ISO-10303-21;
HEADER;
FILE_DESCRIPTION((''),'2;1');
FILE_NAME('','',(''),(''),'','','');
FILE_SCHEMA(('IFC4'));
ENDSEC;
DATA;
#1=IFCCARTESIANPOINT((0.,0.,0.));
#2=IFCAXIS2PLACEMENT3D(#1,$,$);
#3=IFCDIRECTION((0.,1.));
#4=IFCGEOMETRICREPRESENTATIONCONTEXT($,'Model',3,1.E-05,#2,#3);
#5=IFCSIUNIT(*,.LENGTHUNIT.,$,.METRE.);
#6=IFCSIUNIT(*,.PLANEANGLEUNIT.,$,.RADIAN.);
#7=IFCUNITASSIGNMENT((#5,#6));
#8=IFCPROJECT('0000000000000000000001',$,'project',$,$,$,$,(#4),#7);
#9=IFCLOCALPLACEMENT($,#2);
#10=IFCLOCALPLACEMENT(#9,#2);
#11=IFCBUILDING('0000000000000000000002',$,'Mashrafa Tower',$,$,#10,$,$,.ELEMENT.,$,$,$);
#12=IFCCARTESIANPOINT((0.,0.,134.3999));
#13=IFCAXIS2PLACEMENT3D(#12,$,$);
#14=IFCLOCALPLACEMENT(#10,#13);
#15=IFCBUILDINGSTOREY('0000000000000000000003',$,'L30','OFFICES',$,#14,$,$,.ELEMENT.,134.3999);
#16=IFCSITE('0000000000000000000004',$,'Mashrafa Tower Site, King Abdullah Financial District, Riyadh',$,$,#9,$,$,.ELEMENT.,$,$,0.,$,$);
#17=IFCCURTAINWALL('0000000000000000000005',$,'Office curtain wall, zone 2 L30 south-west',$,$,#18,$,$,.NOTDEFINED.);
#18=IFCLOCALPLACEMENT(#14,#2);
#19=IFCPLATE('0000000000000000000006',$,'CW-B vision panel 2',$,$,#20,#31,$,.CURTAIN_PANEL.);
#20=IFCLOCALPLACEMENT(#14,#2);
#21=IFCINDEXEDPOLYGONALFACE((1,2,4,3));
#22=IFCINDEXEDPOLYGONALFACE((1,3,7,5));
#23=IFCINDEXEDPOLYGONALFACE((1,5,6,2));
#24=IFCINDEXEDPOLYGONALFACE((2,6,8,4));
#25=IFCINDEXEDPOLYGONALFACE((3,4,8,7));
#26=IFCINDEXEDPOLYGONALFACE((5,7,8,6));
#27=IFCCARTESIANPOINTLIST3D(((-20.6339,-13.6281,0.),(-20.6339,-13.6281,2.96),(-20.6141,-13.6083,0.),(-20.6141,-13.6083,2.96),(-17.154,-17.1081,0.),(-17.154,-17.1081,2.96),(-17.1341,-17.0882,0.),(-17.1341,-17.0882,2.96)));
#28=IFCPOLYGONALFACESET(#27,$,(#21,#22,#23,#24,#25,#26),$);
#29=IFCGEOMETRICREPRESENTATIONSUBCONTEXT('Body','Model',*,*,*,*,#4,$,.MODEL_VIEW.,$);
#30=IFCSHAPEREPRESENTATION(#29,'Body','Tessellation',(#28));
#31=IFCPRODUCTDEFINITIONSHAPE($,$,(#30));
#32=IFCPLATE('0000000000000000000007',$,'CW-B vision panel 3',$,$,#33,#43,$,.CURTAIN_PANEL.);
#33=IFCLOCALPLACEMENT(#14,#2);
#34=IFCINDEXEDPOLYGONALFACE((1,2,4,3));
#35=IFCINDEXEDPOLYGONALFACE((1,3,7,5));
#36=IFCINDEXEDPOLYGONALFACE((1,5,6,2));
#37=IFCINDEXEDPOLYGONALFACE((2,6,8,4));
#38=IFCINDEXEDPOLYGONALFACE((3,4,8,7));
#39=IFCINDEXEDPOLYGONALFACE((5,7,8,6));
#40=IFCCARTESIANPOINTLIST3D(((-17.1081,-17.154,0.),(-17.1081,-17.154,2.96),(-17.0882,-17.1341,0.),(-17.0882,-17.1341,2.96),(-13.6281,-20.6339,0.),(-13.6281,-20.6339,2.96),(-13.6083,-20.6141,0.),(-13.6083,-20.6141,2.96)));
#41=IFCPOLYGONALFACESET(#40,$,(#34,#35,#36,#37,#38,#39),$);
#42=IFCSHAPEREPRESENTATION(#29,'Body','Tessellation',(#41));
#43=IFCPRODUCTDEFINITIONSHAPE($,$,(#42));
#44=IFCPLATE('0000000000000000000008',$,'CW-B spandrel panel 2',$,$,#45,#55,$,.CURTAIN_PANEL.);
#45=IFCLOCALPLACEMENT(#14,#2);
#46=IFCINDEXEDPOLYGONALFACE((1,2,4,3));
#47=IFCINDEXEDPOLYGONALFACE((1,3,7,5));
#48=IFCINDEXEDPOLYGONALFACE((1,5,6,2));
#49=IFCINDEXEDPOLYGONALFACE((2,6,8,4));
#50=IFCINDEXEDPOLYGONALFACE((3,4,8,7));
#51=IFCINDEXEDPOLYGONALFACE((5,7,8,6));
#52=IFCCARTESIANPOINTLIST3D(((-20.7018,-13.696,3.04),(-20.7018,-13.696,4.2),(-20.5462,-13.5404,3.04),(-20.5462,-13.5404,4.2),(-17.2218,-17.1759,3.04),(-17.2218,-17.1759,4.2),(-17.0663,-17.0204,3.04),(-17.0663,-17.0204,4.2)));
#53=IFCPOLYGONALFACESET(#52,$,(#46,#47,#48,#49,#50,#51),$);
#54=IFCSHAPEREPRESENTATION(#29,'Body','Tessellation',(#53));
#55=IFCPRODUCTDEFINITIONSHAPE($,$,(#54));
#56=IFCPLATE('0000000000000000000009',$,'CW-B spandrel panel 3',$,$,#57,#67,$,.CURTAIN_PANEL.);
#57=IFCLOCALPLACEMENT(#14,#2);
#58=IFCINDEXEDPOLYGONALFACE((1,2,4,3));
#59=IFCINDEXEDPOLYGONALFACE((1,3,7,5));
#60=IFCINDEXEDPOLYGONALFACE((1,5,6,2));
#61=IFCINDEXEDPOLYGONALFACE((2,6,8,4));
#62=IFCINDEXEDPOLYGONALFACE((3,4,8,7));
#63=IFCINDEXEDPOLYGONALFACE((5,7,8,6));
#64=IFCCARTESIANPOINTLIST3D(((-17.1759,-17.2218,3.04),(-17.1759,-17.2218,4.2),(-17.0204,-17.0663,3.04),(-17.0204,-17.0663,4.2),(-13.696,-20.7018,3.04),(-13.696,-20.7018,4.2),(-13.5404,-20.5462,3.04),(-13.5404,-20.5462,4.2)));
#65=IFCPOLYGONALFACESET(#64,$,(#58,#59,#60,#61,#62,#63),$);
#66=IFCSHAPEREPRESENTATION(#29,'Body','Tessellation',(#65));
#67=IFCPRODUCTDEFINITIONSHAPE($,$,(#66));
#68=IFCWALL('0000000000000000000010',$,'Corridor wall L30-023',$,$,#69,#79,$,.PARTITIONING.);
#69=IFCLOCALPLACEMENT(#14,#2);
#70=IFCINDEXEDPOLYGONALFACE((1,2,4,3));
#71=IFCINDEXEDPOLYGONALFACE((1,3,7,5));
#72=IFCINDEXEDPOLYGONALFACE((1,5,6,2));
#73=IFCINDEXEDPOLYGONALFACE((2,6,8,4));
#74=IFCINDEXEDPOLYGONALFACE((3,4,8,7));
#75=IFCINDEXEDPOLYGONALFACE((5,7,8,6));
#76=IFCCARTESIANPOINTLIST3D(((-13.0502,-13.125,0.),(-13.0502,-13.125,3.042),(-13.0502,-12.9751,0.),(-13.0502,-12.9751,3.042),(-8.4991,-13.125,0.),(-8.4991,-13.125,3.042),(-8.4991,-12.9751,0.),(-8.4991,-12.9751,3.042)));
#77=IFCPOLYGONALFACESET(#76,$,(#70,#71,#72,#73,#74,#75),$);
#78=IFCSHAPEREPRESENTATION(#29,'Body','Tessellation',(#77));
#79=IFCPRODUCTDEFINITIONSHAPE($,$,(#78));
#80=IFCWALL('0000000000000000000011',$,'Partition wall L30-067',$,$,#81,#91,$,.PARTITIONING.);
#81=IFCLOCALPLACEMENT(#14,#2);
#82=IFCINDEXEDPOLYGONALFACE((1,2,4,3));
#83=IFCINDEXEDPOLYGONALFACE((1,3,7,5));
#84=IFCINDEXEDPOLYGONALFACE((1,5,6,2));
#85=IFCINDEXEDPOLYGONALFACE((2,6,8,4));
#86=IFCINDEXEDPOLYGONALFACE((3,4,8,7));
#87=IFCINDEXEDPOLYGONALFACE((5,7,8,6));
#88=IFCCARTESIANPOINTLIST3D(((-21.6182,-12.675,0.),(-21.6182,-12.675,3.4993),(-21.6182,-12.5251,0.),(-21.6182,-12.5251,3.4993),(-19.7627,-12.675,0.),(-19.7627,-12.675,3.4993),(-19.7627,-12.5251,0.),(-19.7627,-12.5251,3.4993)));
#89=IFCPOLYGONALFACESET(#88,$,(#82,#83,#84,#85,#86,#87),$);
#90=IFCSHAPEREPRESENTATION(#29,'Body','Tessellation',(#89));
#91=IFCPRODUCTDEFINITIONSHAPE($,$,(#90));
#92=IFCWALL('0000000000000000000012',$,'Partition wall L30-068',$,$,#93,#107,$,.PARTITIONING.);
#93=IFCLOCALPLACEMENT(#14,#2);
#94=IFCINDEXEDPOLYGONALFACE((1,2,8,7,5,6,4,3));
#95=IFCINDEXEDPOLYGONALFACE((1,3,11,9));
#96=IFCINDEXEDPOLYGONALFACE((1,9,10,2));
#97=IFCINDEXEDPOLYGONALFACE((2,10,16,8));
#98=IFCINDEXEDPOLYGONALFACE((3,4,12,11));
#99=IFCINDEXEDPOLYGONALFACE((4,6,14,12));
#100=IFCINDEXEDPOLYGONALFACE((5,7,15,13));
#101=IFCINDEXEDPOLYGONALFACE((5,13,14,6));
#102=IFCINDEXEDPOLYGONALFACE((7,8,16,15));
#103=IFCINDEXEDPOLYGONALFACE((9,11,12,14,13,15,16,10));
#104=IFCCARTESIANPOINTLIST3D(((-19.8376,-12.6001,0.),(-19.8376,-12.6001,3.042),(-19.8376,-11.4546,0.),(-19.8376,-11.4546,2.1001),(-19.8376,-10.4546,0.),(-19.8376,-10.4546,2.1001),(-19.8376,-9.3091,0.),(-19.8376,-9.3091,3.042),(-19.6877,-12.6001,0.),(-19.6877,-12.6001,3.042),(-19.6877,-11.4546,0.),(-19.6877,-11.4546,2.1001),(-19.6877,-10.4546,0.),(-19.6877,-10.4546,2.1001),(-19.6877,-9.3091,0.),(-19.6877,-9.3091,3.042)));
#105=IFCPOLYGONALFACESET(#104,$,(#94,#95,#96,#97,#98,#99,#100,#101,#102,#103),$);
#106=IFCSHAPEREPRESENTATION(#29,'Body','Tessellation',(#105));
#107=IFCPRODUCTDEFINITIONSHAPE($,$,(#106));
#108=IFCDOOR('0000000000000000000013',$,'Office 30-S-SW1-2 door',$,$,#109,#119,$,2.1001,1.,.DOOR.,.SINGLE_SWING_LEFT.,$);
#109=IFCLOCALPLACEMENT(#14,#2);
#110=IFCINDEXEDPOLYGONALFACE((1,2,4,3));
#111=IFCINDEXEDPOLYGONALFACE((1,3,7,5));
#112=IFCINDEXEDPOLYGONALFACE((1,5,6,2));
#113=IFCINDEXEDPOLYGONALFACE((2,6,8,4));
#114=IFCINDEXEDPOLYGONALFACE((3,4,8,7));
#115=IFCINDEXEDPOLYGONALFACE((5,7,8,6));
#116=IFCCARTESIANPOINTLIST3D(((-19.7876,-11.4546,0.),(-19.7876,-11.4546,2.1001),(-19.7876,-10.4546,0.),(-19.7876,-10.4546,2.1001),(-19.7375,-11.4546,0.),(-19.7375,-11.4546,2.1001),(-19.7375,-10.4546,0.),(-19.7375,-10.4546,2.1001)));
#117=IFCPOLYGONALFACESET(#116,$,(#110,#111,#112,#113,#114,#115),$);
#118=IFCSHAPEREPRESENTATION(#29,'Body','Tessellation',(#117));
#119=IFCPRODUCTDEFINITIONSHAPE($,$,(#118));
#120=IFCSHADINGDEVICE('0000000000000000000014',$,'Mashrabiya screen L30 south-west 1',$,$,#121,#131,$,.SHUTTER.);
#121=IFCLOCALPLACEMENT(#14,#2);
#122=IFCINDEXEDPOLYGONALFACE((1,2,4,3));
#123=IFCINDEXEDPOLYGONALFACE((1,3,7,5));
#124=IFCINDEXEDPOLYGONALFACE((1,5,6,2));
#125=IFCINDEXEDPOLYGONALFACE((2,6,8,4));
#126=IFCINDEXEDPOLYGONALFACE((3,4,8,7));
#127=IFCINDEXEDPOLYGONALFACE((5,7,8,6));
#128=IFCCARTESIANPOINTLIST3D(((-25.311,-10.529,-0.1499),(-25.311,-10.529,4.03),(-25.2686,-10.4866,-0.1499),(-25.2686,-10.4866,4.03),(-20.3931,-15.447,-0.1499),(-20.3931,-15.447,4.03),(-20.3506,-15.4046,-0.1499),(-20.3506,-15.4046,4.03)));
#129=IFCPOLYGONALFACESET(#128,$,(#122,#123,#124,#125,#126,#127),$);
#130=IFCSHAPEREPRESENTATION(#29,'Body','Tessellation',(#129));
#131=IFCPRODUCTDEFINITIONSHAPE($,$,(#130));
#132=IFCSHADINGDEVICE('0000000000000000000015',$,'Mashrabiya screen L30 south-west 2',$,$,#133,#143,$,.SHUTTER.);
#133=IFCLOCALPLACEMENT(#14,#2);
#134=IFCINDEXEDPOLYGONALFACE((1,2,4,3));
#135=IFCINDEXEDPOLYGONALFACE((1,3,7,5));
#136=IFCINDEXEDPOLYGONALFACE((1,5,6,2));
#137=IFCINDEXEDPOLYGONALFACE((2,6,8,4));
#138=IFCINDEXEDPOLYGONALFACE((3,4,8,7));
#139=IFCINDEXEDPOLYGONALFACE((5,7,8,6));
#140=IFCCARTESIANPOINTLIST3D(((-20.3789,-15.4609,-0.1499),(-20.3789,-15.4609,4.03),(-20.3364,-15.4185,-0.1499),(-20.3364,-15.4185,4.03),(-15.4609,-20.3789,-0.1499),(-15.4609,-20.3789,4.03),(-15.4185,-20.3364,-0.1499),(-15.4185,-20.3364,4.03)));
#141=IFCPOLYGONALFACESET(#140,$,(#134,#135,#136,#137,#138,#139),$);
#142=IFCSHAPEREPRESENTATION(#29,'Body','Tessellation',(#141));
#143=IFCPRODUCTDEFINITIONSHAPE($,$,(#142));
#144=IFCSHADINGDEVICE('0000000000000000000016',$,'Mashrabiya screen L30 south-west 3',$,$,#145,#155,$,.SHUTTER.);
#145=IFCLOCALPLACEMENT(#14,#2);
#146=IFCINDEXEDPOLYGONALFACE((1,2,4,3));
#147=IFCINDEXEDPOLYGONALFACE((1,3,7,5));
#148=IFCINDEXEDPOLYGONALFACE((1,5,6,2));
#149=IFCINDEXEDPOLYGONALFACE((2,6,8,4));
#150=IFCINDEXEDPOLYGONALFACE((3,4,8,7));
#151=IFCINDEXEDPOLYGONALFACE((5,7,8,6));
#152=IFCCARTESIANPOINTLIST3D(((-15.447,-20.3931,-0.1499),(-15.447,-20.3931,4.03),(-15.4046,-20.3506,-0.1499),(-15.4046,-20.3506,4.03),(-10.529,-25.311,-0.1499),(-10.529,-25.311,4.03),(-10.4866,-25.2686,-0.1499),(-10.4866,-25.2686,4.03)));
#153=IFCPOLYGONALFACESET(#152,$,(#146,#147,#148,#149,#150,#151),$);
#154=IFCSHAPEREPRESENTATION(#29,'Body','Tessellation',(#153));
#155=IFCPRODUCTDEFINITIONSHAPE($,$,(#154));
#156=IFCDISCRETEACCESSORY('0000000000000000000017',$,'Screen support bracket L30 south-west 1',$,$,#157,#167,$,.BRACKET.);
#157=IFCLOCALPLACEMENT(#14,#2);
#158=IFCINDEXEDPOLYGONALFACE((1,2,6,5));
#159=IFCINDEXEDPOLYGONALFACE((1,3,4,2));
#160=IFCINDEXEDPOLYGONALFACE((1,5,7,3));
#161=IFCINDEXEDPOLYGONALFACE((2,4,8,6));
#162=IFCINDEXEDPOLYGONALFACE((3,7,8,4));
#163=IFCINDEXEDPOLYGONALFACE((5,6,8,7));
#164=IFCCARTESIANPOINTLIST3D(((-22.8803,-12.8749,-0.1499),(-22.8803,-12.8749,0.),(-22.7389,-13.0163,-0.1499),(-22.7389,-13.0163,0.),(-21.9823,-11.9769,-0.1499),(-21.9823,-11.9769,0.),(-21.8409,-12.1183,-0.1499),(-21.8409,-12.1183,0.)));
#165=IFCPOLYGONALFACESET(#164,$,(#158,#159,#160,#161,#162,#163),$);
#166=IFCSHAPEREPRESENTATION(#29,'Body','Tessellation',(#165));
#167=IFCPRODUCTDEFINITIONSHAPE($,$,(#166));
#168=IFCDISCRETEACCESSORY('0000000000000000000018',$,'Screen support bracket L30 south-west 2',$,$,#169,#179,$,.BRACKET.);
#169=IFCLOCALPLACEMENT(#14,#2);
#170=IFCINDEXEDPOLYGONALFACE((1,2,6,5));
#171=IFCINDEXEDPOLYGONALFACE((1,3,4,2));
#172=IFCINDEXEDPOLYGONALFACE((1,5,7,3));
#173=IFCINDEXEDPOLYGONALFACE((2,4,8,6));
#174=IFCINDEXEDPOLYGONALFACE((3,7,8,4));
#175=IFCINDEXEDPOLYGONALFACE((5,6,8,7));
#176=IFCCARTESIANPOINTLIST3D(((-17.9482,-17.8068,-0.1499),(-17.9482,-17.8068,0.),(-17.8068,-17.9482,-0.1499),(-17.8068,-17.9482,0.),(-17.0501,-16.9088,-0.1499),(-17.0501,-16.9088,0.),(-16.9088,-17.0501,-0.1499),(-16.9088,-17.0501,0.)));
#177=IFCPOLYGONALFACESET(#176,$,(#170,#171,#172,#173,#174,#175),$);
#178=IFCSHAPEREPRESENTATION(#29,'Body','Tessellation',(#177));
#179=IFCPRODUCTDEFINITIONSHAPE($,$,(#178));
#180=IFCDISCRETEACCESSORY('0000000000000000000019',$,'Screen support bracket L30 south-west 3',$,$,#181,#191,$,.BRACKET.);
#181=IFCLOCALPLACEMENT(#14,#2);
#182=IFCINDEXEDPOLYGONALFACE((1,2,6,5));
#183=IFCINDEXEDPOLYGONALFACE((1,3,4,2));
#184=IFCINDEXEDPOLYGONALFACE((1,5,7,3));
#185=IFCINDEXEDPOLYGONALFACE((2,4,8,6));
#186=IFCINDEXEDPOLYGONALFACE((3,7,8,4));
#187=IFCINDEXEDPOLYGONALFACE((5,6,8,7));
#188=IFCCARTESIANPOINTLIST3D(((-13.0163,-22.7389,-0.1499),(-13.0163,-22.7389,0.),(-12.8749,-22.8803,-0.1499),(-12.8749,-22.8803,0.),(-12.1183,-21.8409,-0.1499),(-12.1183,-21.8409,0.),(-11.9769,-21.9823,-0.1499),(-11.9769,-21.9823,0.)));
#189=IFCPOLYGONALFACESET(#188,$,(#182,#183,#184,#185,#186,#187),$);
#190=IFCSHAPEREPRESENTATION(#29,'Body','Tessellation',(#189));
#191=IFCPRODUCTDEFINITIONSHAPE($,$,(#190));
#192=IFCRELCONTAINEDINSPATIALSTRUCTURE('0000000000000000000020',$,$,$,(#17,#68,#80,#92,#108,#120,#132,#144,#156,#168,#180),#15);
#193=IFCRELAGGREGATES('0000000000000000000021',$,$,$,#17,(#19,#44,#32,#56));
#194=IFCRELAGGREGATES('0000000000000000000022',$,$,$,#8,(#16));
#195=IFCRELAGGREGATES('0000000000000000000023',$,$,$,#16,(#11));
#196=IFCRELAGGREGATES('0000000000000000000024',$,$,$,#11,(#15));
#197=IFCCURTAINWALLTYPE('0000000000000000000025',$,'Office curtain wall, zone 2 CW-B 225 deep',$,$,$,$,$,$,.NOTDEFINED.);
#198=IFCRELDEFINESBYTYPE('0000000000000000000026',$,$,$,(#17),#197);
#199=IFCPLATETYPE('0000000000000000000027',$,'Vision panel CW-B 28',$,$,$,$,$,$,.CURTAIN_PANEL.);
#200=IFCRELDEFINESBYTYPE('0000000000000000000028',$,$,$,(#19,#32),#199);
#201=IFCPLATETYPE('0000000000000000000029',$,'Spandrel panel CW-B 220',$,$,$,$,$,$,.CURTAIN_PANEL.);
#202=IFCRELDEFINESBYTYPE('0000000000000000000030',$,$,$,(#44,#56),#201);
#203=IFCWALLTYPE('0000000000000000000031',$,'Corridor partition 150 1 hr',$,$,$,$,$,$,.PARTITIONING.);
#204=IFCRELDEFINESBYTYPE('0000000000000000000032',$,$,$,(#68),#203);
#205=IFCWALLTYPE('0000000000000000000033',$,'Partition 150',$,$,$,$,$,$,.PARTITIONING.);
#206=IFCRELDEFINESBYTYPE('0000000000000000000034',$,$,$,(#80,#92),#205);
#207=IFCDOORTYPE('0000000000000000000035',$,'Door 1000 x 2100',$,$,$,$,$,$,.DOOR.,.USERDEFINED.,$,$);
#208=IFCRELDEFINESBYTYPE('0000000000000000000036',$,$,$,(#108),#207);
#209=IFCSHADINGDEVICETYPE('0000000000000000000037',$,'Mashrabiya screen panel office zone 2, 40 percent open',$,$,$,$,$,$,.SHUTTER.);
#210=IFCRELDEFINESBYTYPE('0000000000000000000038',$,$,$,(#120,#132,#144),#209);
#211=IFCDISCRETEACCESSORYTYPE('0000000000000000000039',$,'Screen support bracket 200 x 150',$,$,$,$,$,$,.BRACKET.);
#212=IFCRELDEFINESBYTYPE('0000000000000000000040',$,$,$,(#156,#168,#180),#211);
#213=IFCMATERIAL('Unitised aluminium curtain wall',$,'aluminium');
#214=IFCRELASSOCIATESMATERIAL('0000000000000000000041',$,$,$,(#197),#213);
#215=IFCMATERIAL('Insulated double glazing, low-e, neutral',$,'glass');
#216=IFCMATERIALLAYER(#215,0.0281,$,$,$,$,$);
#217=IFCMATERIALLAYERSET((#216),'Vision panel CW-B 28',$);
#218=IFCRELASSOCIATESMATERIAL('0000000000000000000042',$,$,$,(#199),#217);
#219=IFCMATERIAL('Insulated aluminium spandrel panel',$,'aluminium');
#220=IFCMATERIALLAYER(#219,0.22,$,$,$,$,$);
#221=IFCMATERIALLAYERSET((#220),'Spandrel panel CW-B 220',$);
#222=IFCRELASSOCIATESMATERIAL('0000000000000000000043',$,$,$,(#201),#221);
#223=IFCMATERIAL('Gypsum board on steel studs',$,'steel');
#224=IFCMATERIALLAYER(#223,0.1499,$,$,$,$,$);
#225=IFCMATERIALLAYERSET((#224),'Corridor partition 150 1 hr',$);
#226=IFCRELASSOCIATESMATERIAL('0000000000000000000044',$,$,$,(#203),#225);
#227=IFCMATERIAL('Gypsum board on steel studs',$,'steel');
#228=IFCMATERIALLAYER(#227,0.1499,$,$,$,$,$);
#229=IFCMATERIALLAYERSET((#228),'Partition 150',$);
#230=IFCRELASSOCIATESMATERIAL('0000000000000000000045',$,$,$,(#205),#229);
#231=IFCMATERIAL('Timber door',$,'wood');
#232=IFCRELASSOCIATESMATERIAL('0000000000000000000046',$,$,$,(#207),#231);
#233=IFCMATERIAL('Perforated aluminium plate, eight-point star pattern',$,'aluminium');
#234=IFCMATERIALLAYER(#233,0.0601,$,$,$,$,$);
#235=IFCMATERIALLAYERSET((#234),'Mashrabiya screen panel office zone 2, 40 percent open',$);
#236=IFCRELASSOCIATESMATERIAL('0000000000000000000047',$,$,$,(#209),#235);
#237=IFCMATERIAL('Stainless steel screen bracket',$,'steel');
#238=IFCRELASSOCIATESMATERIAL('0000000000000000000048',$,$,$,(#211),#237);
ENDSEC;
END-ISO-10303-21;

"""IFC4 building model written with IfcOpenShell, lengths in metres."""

from ifc_helpers import new_model, si_unit, direction, frame, frame_2d, origin, origin_2d, place, context, subcontext, project, spatial, rectangle, extrude, source, transform, mapped, material, layer, layer_set, type_object, type_shapes, element, fill, aggregate, save


model = new_model("IFC4")

# Units and contexts
model_context = context("Model", 3, precision=1e-05, world=origin(), true_north=direction((0.0, 1.0)))
body_context = subcontext(model_context, "Body", "Model", "MODEL_VIEW")
ifc_project = project(units=[si_unit("LENGTHUNIT", "METRE"), si_unit("PLANEANGLEUNIT", "RADIAN")], contexts=[model_context])

# Site, building, storey
site_placement = place(None, origin())
site = spatial("IfcSite", under=ifc_project, at=site_placement, Name="Mashrafa Tower Site, King Abdullah Financial District, Riyadh", CompositionType="ELEMENT", RefElevation=0.0)
building_placement = place(site_placement, origin())
building = spatial("IfcBuilding", under=site, at=building_placement, Name="Mashrafa Tower", CompositionType="ELEMENT")
storey_placement = place(building_placement, frame((0.0, 0.0, 134.3999)))
storey = spatial("IfcBuildingStorey", under=building, at=storey_placement, Name="L30", Description="OFFICES", CompositionType="ELEMENT", Elevation=134.3999)

# Curtain wall, plates
ifc_material_1 = material(Name="Unitised aluminium curtain wall", Category="aluminium")
curtain_wall_type = type_object("IfcCurtainWallType", Name="Office curtain wall, zone 2 CW-B 225 deep", PredefinedType="NOTDEFINED", material=ifc_material_1)
curtain_wall_placement = place(storey_placement, origin())
curtain_wall = element("IfcCurtainWall", 1, at=curtain_wall_placement, inside=storey, type_object=curtain_wall_type, Name="Office curtain wall, zone 2 L30 south-west", PredefinedType="NOTDEFINED")
ifc_material_2 = material(Name="Insulated double glazing, low-e, neutral", Category="glass")
ifc_layer_1 = layer(ifc_material_2, 0.0281)
ifc_layer_set_1 = layer_set([ifc_layer_1], Name="Vision panel CW-B 28")
plate_type_1 = type_object("IfcPlateType", Name="Vision panel CW-B 28", PredefinedType="CURTAIN_PANEL", material=ifc_layer_set_1)
ifc_material_3 = material(Name="Insulated aluminium spandrel panel", Category="aluminium")
ifc_layer_2 = layer(ifc_material_3, 0.22)
ifc_layer_set_2 = layer_set([ifc_layer_2], Name="Spandrel panel CW-B 220")
plate_type_2 = type_object("IfcPlateType", Name="Spandrel panel CW-B 220", PredefinedType="CURTAIN_PANEL", material=ifc_layer_set_2)
shared_shape_1 = source(origin(), body_context, "Body", "SweptSolid", [
    extrude(rectangle(XDim=4.9214, YDim=0.0281, at=origin_2d()), origin(), (0.0, 0.0, 1.0), 2.96),
])
plate_1_placement = place(storey_placement, frame((-18.884, -15.3582, 0.0), z_axis=(0.0, 0.0, 1.0), x_axis=(0.707107, -0.707107, 0.0)))
plate_1 = element("IfcPlate", 2, at=plate_1_placement, type_object=plate_type_1, Name="CW-B vision panel 2", PredefinedType="CURTAIN_PANEL", context=body_context, shape_type="MappedRepresentation", body=[
    mapped(shared_shape_1, transform((0.0, 0.0, 0.0))),
])
plate_2_placement = place(storey_placement, frame((-15.3582, -18.884, 0.0), z_axis=(0.0, 0.0, 1.0), x_axis=(0.707107, -0.707107, 0.0)))
plate_2 = element("IfcPlate", 3, at=plate_2_placement, type_object=plate_type_1, Name="CW-B vision panel 3", PredefinedType="CURTAIN_PANEL", context=body_context, shape_type="MappedRepresentation", body=[
    mapped(shared_shape_1, transform((0.0, 0.0, 0.0))),
])
shared_shape_2 = source(origin(), body_context, "Body", "SweptSolid", [
    extrude(rectangle(XDim=4.9214, YDim=0.22, at=origin_2d()), origin(), (0.0, 0.0, 1.0), 1.1599),
])
plate_3_placement = place(storey_placement, frame((-18.884, -15.3582, 3.04), z_axis=(0.0, 0.0, 1.0), x_axis=(0.707107, -0.707107, 0.0)))
plate_3 = element("IfcPlate", 4, at=plate_3_placement, type_object=plate_type_2, Name="CW-B spandrel panel 2", PredefinedType="CURTAIN_PANEL", context=body_context, shape_type="MappedRepresentation", body=[
    mapped(shared_shape_2, transform((0.0, 0.0, 0.0))),
])
plate_4_placement = place(storey_placement, frame((-15.3582, -18.884, 3.04), z_axis=(0.0, 0.0, 1.0), x_axis=(0.707107, -0.707107, 0.0)))
plate_4 = element("IfcPlate", 5, at=plate_4_placement, type_object=plate_type_2, Name="CW-B spandrel panel 3", PredefinedType="CURTAIN_PANEL", context=body_context, shape_type="MappedRepresentation", body=[
    mapped(shared_shape_2, transform((0.0, 0.0, 0.0))),
])
aggregate(curtain_wall, [plate_1, plate_3, plate_2, plate_4])

# Walls
ifc_material_4 = material(Name="Gypsum board on steel studs", Category="steel")
ifc_layer_3 = layer(ifc_material_4, 0.1499)
ifc_layer_set_3 = layer_set([ifc_layer_3], Name="Corridor partition 150 1 hr")
wall_type_1 = type_object("IfcWallType", Name="Corridor partition 150 1 hr", PredefinedType="PARTITIONING", material=ifc_layer_set_3)
wall_1_placement = place(storey_placement, frame((-13.05, -13.05, 0.0), z_axis=(0.0, 0.0, 1.0), x_axis=(1.0, 0.0, 0.0)))
element("IfcWall", 6, at=wall_1_placement, inside=storey, type_object=wall_type_1, Name="Corridor wall L30-023", PredefinedType="PARTITIONING", context=body_context, shape_type="SweptSolid", body=[
    extrude(rectangle(XDim=4.551, YDim=0.1499, at=frame_2d((2.2754, 0.0))), origin(), (0.0, 0.0, 1.0), 3.042),
])
ifc_material_5 = material(Name="Gypsum board on steel studs", Category="steel")
ifc_layer_4 = layer(ifc_material_5, 0.1499)
ifc_layer_set_4 = layer_set([ifc_layer_4], Name="Partition 150")
wall_type_2 = type_object("IfcWallType", Name="Partition 150", PredefinedType="PARTITIONING", material=ifc_layer_set_4)
wall_2_placement = place(storey_placement, frame((-21.6182, -12.6001, 0.0), z_axis=(0.0, 0.0, 1.0), x_axis=(1.0, 0.0, 0.0)))
element("IfcWall", 7, at=wall_2_placement, inside=storey, type_object=wall_type_2, Name="Partition wall L30-067", PredefinedType="PARTITIONING", context=body_context, shape_type="SweptSolid", body=[
    extrude(rectangle(XDim=1.8555, YDim=0.1499, at=frame_2d((0.9277, 0.0))), origin(), (0.0, 0.0, 1.0), 3.4993),
])

# Wall, opening, door
wall_3_placement = place(storey_placement, frame((-19.7627, -12.6001, 0.0), z_axis=(0.0, 0.0, 1.0), x_axis=(0.0, 1.0, 0.0)))
wall_3 = element("IfcWall", 8, at=wall_3_placement, inside=storey, type_object=wall_type_2, Name="Partition wall L30-068", PredefinedType="PARTITIONING", context=body_context, shape_type="SweptSolid", body=[
    extrude(rectangle(XDim=3.291, YDim=0.1499, at=frame_2d((1.6455, 0.0))), origin(), (0.0, 0.0, 1.0), 3.042),
])
opening_placement = place(wall_3_placement, frame((1.1455, 0.0, 0.0)))
opening = element("IfcOpeningElement", 9, at=opening_placement, cuts=wall_3, PredefinedType="OPENING", context=body_context, shape_type="SweptSolid", body=[
    extrude(rectangle(XDim=1.0, YDim=2.1001, at=frame_2d((0.5, 1.05))), frame((0.0, 0.085, 0.0), z_axis=(0.0, -1.0, 0.0), x_axis=(1.0, 0.0, 0.0)), (0.0, 0.0, 1.0), 0.1699),
])
ifc_material_6 = material(Name="Timber door", Category="wood")
door_type = type_object("IfcDoorType", Name="Door 1000 x 2100", OperationType="USERDEFINED", PredefinedType="DOOR", material=ifc_material_6)
door_placement = place(opening_placement, origin())
door = element("IfcDoor", 10, at=door_placement, inside=storey, type_object=door_type, Name="Office 30-S-SW1-2 door", OperationType="SINGLE_SWING_LEFT", OverallHeight=2.1001, OverallWidth=1.0, PredefinedType="DOOR", context=body_context, shape_type="SweptSolid", body=[
    extrude(rectangle(XDim=1.0, YDim=2.1001, at=frame_2d((0.5, 1.05))), frame((0.0, 0.0249, 0.0), z_axis=(0.0, -1.0, 0.0), x_axis=(1.0, 0.0, 0.0)), (0.0, 0.0, 1.0), 0.05),
])
fill(opening, door)

# Shading devices
ifc_material_7 = material(Name="Perforated aluminium plate, eight-point star pattern", Category="aluminium")
ifc_layer_5 = layer(ifc_material_7, 0.0601)
ifc_layer_set_5 = layer_set([ifc_layer_5], Name="Mashrabiya screen panel office zone 2, 40 percent open")
shading_device_type = type_object("IfcShadingDeviceType", Name="Mashrabiya screen panel office zone 2, 40 percent open", PredefinedType="SHUTTER", material=ifc_layer_set_5)
shared_shape_3 = source(origin(), body_context, "Body", "SweptSolid", [
    extrude(rectangle(XDim=6.9551, YDim=0.0601, at=origin_2d()), origin(), (0.0, 0.0, 1.0), 4.1799),
])
type_shapes(shading_device_type, [shared_shape_3])
for number, where, z_axis, x_axis, name in (
    (11, (-22.8308, -12.9668, -0.1499), (0.0, 0.0, 1.0), (0.707107, -0.707107, 0.0), "Mashrabiya screen L30 south-west 1"),
    (12, (-17.8987, -17.8987, -0.1499), (0.0, 0.0, 1.0), (0.707107, -0.707107, 0.0), "Mashrabiya screen L30 south-west 2"),
    (13, (-12.9668, -22.8308, -0.1499), (0.0, 0.0, 1.0), (0.707107, -0.707107, 0.0), "Mashrabiya screen L30 south-west 3"),
):
    element("IfcShadingDevice", number, at=place(storey_placement, frame(where, z_axis=z_axis, x_axis=x_axis)), inside=storey, type_object=shading_device_type, Name=name, PredefinedType="SHUTTER", context=body_context, shape_type="MappedRepresentation", body=[
        mapped(shared_shape_3, transform((0.0, 0.0, 0.0))),
    ])

# Discrete accessories
ifc_material_8 = material(Name="Stainless steel screen bracket", Category="steel")
discrete_accessory_type = type_object("IfcDiscreteAccessoryType", Name="Screen support bracket 200 x 150", PredefinedType="BRACKET", material=ifc_material_8)
shared_shape_4 = source(origin(), body_context, "Body", "SweptSolid", [
    extrude(rectangle(XDim=0.2, YDim=1.27, at=origin_2d()), origin(), (0.0, 0.0, 1.0), 0.1499),
])
type_shapes(discrete_accessory_type, [shared_shape_4])
for number, where, z_axis, x_axis, name in (
    (14, (-22.3606, -12.4966, -0.1499), (0.0, 0.0, 1.0), (0.707107, -0.707107, 0.0), "Screen support bracket L30 south-west 1"),
    (15, (-17.4285, -17.4285, -0.1499), (0.0, 0.0, 1.0), (0.707107, -0.707107, 0.0), "Screen support bracket L30 south-west 2"),
    (16, (-12.4966, -22.3606, -0.1499), (0.0, 0.0, 1.0), (0.707107, -0.707107, 0.0), "Screen support bracket L30 south-west 3"),
):
    element("IfcDiscreteAccessory", number, at=place(storey_placement, frame(where, z_axis=z_axis, x_axis=x_axis)), inside=storey, type_object=discrete_accessory_type, Name=name, PredefinedType="BRACKET", context=body_context, shape_type="MappedRepresentation", body=[
        mapped(shared_shape_4, transform((0.0, 0.0, 0.0))),
    ])

save(model, "model.ifc")
